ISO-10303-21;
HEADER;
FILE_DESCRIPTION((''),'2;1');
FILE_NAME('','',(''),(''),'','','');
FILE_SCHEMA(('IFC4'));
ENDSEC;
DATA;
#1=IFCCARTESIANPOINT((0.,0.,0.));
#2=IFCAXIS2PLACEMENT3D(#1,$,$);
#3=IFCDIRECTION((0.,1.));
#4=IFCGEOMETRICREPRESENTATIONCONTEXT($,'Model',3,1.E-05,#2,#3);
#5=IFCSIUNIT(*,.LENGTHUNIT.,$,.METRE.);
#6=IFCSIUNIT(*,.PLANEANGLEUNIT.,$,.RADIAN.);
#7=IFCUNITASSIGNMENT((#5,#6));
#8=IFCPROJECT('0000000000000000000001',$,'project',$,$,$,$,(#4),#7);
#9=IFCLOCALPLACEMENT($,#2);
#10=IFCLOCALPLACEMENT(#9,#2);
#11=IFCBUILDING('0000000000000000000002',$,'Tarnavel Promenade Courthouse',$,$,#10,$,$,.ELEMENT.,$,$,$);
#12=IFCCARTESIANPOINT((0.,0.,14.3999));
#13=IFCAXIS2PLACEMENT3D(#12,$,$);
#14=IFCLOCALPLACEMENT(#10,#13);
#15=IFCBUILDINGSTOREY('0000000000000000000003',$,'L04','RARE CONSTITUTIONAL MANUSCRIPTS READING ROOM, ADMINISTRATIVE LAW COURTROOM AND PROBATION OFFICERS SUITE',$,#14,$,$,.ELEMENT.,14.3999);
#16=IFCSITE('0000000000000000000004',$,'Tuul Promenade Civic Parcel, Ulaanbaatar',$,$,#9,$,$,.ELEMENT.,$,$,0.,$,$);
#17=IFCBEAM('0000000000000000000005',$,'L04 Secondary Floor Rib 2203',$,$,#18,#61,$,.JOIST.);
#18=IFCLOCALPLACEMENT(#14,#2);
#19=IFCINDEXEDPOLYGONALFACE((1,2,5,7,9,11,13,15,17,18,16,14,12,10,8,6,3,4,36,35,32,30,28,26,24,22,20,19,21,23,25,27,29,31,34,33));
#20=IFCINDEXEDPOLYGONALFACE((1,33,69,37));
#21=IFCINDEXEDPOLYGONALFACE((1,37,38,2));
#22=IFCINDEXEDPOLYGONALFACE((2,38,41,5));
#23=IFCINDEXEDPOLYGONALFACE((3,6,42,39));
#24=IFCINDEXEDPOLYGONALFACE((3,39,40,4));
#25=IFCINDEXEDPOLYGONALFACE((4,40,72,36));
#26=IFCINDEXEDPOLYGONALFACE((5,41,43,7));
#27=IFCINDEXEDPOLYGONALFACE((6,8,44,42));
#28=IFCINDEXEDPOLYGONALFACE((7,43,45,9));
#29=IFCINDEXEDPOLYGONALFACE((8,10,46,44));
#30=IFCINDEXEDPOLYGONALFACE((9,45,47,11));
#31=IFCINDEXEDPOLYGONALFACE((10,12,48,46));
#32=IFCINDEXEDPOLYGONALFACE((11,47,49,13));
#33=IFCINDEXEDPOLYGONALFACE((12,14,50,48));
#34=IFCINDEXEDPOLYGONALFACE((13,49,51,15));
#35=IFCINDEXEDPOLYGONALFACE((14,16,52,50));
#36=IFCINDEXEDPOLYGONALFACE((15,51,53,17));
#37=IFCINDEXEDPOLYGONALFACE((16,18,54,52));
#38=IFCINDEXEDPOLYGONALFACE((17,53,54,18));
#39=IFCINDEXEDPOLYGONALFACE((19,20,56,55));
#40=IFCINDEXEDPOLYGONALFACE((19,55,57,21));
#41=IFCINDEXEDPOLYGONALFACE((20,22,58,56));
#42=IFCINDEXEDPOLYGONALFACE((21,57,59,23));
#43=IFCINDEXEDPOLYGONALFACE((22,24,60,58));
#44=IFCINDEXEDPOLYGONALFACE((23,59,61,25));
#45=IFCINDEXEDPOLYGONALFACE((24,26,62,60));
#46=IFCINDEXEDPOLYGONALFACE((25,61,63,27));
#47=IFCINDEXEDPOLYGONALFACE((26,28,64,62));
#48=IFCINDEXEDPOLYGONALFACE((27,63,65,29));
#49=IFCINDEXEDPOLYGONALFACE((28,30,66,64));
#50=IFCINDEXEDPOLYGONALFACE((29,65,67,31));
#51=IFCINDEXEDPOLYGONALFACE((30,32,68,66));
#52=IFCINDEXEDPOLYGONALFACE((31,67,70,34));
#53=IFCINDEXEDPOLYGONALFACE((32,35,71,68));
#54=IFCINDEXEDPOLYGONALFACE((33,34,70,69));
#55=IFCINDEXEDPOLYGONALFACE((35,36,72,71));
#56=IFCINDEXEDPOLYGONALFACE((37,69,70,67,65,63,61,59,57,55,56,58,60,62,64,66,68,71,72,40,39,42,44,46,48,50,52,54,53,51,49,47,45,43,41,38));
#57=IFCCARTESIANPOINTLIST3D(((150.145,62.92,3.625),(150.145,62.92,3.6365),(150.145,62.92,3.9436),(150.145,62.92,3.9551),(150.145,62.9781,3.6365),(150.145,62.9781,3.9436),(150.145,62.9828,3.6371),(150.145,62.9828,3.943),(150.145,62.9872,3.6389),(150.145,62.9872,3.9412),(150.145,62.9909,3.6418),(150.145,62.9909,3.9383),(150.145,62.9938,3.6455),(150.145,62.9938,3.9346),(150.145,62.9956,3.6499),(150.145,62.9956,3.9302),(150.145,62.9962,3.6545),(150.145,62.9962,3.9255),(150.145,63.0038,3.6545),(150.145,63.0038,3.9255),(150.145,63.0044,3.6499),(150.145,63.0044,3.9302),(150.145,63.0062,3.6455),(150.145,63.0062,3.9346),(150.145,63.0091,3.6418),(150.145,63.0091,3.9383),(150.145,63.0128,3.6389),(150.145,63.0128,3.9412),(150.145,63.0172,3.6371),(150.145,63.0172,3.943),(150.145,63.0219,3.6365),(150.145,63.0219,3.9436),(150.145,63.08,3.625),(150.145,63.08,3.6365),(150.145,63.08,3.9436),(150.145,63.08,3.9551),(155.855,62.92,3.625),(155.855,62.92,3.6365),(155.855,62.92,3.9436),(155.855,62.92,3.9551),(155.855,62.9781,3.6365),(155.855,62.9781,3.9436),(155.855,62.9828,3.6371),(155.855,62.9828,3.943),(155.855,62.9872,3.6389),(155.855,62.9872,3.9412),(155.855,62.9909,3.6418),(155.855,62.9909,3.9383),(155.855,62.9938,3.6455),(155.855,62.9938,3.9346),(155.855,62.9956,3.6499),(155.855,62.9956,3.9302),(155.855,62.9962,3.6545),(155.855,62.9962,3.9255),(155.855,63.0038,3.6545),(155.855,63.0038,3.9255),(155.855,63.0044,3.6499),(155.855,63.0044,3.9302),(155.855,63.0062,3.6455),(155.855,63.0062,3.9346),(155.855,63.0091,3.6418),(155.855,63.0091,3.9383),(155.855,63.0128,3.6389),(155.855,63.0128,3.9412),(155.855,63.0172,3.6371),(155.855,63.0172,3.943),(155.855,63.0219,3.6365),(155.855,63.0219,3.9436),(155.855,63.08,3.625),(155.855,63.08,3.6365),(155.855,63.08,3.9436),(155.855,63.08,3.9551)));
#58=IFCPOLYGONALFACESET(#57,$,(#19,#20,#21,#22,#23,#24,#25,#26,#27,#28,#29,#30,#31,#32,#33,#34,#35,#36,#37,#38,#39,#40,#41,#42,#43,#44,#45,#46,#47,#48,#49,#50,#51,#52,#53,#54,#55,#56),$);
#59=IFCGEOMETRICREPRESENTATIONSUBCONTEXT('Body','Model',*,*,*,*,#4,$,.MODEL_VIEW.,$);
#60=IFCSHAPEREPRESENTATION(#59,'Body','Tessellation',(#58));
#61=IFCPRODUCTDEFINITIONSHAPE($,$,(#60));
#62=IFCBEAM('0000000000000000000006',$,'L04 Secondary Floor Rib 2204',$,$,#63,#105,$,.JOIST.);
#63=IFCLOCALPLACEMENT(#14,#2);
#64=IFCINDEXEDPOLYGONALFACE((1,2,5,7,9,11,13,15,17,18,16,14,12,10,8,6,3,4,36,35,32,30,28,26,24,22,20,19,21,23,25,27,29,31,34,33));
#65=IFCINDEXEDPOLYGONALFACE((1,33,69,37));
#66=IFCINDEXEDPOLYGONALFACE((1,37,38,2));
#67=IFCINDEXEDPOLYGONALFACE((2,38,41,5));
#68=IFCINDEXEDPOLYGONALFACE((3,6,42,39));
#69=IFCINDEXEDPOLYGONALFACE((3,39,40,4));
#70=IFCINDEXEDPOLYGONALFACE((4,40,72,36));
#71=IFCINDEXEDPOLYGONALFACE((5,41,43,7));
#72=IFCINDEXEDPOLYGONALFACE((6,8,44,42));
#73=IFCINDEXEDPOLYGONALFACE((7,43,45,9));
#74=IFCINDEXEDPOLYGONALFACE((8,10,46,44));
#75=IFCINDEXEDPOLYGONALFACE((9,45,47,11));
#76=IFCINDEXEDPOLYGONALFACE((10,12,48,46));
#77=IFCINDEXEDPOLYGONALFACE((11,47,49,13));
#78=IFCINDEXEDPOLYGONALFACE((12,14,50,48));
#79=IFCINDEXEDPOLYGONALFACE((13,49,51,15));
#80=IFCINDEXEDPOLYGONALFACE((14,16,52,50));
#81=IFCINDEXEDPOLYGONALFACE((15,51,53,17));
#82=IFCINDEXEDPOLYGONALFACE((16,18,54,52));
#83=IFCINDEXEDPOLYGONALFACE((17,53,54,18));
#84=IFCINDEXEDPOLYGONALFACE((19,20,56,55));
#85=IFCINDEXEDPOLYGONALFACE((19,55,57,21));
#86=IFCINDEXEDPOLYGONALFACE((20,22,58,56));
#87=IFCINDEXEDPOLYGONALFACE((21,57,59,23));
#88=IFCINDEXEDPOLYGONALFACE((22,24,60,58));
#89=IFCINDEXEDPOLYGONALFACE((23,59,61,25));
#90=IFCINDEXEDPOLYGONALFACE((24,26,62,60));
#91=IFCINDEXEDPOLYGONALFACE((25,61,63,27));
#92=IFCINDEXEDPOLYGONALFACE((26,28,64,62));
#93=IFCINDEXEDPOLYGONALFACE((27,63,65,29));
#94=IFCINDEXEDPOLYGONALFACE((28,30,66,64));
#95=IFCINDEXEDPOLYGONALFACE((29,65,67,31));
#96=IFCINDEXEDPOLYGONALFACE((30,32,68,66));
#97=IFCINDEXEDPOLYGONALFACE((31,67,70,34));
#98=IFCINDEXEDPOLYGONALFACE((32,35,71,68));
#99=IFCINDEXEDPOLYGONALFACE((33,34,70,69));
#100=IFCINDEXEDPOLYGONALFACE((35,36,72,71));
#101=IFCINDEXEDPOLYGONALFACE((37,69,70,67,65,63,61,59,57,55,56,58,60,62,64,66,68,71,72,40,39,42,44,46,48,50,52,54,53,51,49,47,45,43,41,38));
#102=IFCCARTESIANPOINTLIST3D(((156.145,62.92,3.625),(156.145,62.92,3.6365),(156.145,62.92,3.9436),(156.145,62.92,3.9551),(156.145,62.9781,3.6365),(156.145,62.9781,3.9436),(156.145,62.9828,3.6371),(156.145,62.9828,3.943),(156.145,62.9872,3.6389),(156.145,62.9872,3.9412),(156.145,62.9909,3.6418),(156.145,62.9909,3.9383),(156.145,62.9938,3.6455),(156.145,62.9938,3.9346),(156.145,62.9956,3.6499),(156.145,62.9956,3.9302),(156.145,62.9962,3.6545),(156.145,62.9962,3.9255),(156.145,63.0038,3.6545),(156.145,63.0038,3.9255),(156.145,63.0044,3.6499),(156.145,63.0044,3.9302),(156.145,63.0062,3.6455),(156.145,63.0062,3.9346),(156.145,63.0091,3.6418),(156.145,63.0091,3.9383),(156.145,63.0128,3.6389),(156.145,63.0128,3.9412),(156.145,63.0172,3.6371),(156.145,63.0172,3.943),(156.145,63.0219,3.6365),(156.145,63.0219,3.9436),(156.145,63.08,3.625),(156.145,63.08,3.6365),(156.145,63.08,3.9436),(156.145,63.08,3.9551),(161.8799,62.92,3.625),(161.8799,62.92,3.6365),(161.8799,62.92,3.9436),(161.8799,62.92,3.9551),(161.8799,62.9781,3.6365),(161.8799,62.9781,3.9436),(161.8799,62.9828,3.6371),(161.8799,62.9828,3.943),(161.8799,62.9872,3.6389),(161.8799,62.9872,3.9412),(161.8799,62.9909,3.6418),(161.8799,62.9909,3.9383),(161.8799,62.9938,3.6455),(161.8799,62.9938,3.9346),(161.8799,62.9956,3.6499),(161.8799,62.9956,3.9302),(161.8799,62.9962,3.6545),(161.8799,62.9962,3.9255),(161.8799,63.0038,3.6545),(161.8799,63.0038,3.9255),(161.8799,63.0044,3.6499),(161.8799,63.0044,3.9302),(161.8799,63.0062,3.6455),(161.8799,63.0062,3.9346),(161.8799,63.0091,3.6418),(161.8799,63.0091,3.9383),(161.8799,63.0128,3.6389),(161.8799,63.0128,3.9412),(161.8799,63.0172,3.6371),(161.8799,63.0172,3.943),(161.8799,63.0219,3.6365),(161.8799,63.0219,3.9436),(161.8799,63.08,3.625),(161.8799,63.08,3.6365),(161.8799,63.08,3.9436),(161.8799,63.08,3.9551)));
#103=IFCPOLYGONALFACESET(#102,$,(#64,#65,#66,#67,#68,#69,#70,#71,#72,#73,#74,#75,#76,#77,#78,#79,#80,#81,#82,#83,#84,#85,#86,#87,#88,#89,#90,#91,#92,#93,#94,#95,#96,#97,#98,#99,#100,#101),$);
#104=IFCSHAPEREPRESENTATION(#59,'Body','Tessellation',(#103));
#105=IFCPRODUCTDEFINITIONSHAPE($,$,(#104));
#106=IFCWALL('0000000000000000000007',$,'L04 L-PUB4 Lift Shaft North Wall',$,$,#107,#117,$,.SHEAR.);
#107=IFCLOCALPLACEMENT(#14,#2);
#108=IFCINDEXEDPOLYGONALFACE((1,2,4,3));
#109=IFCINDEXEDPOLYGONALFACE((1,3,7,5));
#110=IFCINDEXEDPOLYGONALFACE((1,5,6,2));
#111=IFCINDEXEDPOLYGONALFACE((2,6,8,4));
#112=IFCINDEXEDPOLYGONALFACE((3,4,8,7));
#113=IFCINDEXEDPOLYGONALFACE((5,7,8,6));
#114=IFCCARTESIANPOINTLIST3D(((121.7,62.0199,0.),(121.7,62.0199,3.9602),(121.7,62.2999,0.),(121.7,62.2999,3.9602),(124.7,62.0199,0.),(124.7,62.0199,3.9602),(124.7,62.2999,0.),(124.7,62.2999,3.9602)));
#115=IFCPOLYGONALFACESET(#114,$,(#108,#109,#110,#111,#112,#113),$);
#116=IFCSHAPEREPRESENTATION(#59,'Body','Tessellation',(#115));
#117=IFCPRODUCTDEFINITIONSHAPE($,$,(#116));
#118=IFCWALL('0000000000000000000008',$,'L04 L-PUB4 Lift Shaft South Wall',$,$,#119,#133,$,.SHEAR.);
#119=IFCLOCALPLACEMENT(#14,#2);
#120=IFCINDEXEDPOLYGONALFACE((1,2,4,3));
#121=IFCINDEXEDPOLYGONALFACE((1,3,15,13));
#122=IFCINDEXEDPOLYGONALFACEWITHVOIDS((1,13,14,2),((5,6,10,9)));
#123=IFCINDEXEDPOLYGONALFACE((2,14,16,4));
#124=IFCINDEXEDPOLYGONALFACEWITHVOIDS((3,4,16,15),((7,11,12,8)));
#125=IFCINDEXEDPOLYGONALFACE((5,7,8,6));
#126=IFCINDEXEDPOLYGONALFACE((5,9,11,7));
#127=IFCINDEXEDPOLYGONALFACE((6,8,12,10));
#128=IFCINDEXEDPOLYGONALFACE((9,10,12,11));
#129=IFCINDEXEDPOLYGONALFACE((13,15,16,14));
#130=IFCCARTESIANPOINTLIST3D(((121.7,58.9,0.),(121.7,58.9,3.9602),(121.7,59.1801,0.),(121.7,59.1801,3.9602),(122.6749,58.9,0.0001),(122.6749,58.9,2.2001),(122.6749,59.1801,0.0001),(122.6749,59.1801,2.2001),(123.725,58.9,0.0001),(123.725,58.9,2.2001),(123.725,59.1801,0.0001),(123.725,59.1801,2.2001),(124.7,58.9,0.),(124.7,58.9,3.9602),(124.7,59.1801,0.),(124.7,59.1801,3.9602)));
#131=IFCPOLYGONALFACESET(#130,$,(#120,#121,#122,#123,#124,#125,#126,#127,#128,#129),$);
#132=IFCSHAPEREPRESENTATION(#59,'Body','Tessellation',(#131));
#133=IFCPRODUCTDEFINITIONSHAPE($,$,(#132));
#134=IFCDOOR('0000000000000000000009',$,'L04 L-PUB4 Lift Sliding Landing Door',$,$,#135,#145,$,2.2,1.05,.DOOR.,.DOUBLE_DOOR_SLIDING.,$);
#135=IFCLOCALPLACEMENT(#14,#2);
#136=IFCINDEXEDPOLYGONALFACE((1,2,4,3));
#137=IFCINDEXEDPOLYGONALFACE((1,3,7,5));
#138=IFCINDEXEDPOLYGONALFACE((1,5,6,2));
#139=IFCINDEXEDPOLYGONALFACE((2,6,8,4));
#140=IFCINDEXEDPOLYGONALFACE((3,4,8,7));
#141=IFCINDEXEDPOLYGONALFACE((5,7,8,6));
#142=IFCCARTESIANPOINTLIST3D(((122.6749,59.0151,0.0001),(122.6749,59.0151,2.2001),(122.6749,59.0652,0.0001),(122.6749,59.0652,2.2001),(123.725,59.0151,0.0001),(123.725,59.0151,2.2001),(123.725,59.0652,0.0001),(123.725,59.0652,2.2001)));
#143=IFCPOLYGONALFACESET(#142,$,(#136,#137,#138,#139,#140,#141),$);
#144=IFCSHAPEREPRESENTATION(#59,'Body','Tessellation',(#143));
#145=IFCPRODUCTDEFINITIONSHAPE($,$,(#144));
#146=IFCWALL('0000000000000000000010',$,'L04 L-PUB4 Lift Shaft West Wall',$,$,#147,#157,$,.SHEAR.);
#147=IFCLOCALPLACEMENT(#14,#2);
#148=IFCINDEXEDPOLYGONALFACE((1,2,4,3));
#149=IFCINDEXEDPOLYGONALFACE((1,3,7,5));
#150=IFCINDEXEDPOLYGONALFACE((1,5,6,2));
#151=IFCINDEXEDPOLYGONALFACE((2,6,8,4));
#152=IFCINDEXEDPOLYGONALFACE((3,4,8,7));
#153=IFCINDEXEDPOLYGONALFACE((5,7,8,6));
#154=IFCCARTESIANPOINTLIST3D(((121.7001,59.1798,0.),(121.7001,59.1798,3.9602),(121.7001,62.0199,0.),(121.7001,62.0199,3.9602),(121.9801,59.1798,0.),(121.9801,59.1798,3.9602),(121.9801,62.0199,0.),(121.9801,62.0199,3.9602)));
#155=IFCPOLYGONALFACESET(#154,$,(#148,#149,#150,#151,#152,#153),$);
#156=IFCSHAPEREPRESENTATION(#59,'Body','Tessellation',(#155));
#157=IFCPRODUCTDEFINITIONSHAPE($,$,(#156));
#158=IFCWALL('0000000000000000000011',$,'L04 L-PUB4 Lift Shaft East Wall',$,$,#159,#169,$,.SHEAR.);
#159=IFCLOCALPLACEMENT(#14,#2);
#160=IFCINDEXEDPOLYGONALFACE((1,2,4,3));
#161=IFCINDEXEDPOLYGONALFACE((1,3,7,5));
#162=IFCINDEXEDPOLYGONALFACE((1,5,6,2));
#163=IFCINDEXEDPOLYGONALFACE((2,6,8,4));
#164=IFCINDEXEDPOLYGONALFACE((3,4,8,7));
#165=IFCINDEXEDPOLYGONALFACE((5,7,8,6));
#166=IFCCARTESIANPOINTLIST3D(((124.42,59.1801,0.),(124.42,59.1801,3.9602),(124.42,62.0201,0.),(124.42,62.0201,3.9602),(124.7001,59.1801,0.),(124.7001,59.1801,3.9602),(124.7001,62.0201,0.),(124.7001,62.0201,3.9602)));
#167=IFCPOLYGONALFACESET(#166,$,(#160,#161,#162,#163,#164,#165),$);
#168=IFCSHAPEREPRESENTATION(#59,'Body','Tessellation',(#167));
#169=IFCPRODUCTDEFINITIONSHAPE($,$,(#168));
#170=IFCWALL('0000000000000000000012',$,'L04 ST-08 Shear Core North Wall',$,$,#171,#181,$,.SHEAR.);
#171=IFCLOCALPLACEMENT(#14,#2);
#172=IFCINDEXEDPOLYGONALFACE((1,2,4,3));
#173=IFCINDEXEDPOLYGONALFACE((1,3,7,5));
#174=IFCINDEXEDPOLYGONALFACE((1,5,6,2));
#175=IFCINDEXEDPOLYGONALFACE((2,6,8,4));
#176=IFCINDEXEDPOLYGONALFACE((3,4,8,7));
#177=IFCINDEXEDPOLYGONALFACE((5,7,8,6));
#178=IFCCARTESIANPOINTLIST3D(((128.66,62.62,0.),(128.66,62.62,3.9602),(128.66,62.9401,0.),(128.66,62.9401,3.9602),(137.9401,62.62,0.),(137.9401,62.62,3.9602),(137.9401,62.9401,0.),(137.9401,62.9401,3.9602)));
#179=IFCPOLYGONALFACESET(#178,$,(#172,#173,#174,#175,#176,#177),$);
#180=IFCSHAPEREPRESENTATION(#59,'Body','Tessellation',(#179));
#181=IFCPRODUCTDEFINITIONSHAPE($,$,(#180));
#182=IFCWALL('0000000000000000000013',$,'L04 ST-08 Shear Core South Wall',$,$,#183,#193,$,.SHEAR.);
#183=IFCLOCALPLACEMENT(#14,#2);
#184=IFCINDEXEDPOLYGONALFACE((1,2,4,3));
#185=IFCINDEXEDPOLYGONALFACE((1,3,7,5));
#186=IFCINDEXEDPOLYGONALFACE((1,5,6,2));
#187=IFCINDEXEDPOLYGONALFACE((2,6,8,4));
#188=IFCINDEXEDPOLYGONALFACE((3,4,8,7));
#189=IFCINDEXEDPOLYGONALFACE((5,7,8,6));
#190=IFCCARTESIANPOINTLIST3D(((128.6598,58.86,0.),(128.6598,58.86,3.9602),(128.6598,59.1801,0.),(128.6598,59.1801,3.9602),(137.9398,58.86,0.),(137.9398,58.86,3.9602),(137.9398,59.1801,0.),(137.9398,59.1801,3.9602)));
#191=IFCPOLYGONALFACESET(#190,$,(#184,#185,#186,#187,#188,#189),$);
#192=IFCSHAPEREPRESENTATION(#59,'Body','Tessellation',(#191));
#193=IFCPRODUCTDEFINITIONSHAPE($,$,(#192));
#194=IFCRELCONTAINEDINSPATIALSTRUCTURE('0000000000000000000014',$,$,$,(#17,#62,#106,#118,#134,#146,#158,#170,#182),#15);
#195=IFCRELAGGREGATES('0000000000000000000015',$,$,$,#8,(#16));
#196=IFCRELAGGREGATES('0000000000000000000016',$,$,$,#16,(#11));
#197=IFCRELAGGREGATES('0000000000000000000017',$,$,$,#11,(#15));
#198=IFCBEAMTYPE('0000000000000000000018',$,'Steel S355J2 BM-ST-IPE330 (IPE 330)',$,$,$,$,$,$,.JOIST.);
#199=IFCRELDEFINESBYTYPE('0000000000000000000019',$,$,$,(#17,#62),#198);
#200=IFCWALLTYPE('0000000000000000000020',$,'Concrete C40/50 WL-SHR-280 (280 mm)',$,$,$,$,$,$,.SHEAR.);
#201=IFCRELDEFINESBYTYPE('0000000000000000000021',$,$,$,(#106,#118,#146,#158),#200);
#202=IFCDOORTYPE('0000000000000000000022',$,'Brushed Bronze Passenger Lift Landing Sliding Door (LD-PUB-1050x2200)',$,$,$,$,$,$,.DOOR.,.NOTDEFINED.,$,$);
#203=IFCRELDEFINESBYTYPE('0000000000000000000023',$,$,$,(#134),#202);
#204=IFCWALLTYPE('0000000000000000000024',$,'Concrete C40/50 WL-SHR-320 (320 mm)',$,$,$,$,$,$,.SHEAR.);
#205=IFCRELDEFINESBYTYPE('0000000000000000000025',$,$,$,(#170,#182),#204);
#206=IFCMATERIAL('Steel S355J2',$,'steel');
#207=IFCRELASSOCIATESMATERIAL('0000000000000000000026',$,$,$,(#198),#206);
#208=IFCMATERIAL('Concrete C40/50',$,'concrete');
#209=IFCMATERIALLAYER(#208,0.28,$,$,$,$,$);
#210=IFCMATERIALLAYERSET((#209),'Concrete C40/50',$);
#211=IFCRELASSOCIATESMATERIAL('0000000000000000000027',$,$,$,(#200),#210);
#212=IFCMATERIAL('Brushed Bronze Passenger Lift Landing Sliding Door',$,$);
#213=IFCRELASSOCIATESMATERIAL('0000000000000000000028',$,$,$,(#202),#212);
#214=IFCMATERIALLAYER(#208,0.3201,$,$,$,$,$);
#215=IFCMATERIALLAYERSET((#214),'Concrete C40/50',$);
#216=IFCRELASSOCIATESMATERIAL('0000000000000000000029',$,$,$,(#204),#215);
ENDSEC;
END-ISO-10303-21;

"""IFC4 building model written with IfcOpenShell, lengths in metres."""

from ifc_helpers import new_model, si_unit, direction, frame, frame_2d, origin, origin_2d, place, context, subcontext, project, spatial, rectangle, i_section, extrude, material, layer, layer_set, material_profile, profile_set, type_object, element, fill, save


model = new_model("IFC4")

# Units and contexts
model_context = context("Model", 3, precision=1e-05, world=origin(), true_north=direction((0.0, 1.0)))
body_context = subcontext(model_context, "Body", "Model", "MODEL_VIEW")
ifc_project = project(units=[si_unit("LENGTHUNIT", "METRE"), si_unit("PLANEANGLEUNIT", "RADIAN")], contexts=[model_context])

# Site, building, storey
site_placement = place(None, origin())
site = spatial("IfcSite", under=ifc_project, at=site_placement, Name="Tuul Promenade Civic Parcel, Ulaanbaatar", CompositionType="ELEMENT", RefElevation=0.0)
building_placement = place(site_placement, origin())
building = spatial("IfcBuilding", under=site, at=building_placement, Name="Tarnavel Promenade Courthouse", CompositionType="ELEMENT")
storey_placement = place(building_placement, frame((0.0, 0.0, 14.3999)))
storey = spatial("IfcBuildingStorey", under=building, at=storey_placement, Name="L04", Description="RARE CONSTITUTIONAL MANUSCRIPTS READING ROOM, ADMINISTRATIVE LAW COURTROOM AND PROBATION OFFICERS SUITE", CompositionType="ELEMENT", Elevation=14.3999)

# Shared definitions
ifc_material_1 = material(Name="Concrete C40/50", Category="concrete")

# Beams
ifc_material_2 = material(Name="Steel S355J2", Category="steel")
ifc_material_profile_1 = material_profile(ifc_material_2, i_section(OverallWidth=0.1599, OverallDepth=0.3301, WebThickness=0.0076, FlangeThickness=0.0115, FilletRadius=0.0181, at=origin_2d()), Name="IPE 330")
ifc_profile_set_1 = profile_set([ifc_material_profile_1], Name="Steel S355J2")
beam_type_1 = type_object("IfcBeamType", Name="Steel S355J2 BM-ST-IPE330 (IPE 330)", PredefinedType="JOIST", material=ifc_profile_set_1)
for number, where, z_axis, x_axis, name in (
    (1, (150.145, 63.0, 3.79), (1.0, 0.0, 0.0), (0.0, 1.0, 0.0), "L04 Secondary Floor Rib 2203"),
):
    element("IfcBeam", number, at=place(storey_placement, frame(where, z_axis=z_axis, x_axis=x_axis)), inside=storey, type_object=beam_type_1, Name=name, PredefinedType="JOIST", context=body_context, shape_type="SweptSolid", body=[
        extrude(i_section(OverallWidth=0.1599, OverallDepth=0.3301, WebThickness=0.0076, FlangeThickness=0.0115, FilletRadius=0.0181, at=origin_2d()), origin(), (0.0, 0.0, 1.0), 5.71),
    ])
beam_1_placement = place(storey_placement, frame((156.145, 63.0, 3.79), z_axis=(1.0, 0.0, 0.0), x_axis=(0.0, 1.0, 0.0)))
element("IfcBeam", 2, at=beam_1_placement, inside=storey, type_object=beam_type_1, Name="L04 Secondary Floor Rib 2204", PredefinedType="JOIST", context=body_context, shape_type="SweptSolid", body=[
    extrude(i_section(OverallWidth=0.1599, OverallDepth=0.3301, WebThickness=0.0076, FlangeThickness=0.0115, FilletRadius=0.0181, at=origin_2d()), origin(), (0.0, 0.0, 1.0), 5.7349),
])

# Wall
ifc_layer_1 = layer(ifc_material_1, 0.28)
ifc_layer_set_1 = layer_set([ifc_layer_1], Name="Concrete C40/50")
wall_type_1 = type_object("IfcWallType", Name="Concrete C40/50 WL-SHR-280 (280 mm)", PredefinedType="SHEAR", material=ifc_layer_set_1)
wall_1_placement = place(storey_placement, frame((121.7, 62.1599, 0.0), z_axis=(0.0, 0.0, 1.0), x_axis=(1.0, 0.0, 0.0)))
element("IfcWall", 3, at=wall_1_placement, inside=storey, type_object=wall_type_1, Name="L04 L-PUB4 Lift Shaft North Wall", PredefinedType="SHEAR", context=body_context, shape_type="SweptSolid", body=[
    extrude(rectangle(XDim=3.0, YDim=0.28, at=frame_2d((1.5, 0.0))), origin(), (0.0, 0.0, 1.0), 3.9602),
])

# Wall, opening, door
wall_2_placement = place(storey_placement, frame((124.7, 59.04, 0.0), z_axis=(0.0, 0.0, 1.0), x_axis=(-1.0, 0.0, 0.0)))
wall_2 = element("IfcWall", 4, at=wall_2_placement, inside=storey, type_object=wall_type_1, Name="L04 L-PUB4 Lift Shaft South Wall", PredefinedType="SHEAR", context=body_context, shape_type="SweptSolid", body=[
    extrude(rectangle(XDim=3.0, YDim=0.28, at=frame_2d((1.5, 0.0))), origin(), (0.0, 0.0, 1.0), 3.9602),
])
opening_1_placement = place(wall_2_placement, frame((0.9751, 0.0, 0.0)))
opening_1 = element("IfcOpeningElement", 5, at=opening_1_placement, cuts=wall_2, PredefinedType="OPENING", context=body_context, shape_type="SweptSolid", body=[
    extrude(rectangle(XDim=1.05, YDim=2.2, at=frame_2d((0.5249, 1.1001))), frame((0.0, 0.1499, 0.0), z_axis=(0.0, -1.0, 0.0), x_axis=(1.0, 0.0, 0.0)), (0.0, 0.0, 1.0), 0.3),
])
ifc_material_3 = material(Name="Brushed Bronze Passenger Lift Landing Sliding Door")
door_type_1 = type_object("IfcDoorType", Name="Brushed Bronze Passenger Lift Landing Sliding Door (LD-PUB-1050x2200)", OperationType="NOTDEFINED", PredefinedType="DOOR", material=ifc_material_3)
door_1_placement = place(opening_1_placement, origin())
door_1 = element("IfcDoor", 6, at=door_1_placement, inside=storey, type_object=door_type_1, Name="L04 L-PUB4 Lift Sliding Landing Door", OperationType="DOUBLE_DOOR_SLIDING", OverallHeight=2.2, OverallWidth=1.05, PredefinedType="DOOR", context=body_context, shape_type="SweptSolid", body=[
    extrude(rectangle(XDim=1.05, YDim=2.2, at=frame_2d((0.5249, 1.1001))), frame((0.0, 0.0249, 0.0), z_axis=(0.0, -1.0, 0.0), x_axis=(1.0, 0.0, 0.0)), (0.0, 0.0, 1.0), 0.05),
])
fill(opening_1, door_1)

# Walls
for number, where, z_axis, x_axis, name in (
    (7, (121.8401, 59.1799, 0.0), (0.0, 0.0, 1.0), (0.0, 1.0, 0.0), "L04 L-PUB4 Lift Shaft West Wall"),
    (8, (124.5601, 62.02, 0.0), (0.0, 0.0, 1.0), (0.0, -1.0, 0.0), "L04 L-PUB4 Lift Shaft East Wall"),
):
    element("IfcWall", number, at=place(storey_placement, frame(where, z_axis=z_axis, x_axis=x_axis)), inside=storey, type_object=wall_type_1, Name=name, PredefinedType="SHEAR", context=body_context, shape_type="SweptSolid", body=[
        extrude(rectangle(XDim=2.8401, YDim=0.28, at=frame_2d((1.4199, 0.0))), origin(), (0.0, 0.0, 1.0), 3.9602),
    ])
ifc_layer_2 = layer(ifc_material_1, 0.3201)
ifc_layer_set_2 = layer_set([ifc_layer_2], Name="Concrete C40/50")
wall_type_2 = type_object("IfcWallType", Name="Concrete C40/50 WL-SHR-320 (320 mm)", PredefinedType="SHEAR", material=ifc_layer_set_2)
for number, where, z_axis, x_axis, name in (
    (9, (128.6599, 62.78, 0.0), (0.0, 0.0, 1.0), (1.0, 0.0, 0.0), "L04 ST-08 Shear Core North Wall"),
    (10, (137.9399, 59.02, 0.0), (0.0, 0.0, 1.0), (-1.0, 0.0, 0.0), "L04 ST-08 Shear Core South Wall"),
):
    element("IfcWall", number, at=place(storey_placement, frame(where, z_axis=z_axis, x_axis=x_axis)), inside=storey, type_object=wall_type_2, Name=name, PredefinedType="SHEAR", context=body_context, shape_type="SweptSolid", body=[
        extrude(rectangle(XDim=9.28, YDim=0.3201, at=frame_2d((4.6401, 0.0))), origin(), (0.0, 0.0, 1.0), 3.9602),
    ])

save(model, "model.ifc")
